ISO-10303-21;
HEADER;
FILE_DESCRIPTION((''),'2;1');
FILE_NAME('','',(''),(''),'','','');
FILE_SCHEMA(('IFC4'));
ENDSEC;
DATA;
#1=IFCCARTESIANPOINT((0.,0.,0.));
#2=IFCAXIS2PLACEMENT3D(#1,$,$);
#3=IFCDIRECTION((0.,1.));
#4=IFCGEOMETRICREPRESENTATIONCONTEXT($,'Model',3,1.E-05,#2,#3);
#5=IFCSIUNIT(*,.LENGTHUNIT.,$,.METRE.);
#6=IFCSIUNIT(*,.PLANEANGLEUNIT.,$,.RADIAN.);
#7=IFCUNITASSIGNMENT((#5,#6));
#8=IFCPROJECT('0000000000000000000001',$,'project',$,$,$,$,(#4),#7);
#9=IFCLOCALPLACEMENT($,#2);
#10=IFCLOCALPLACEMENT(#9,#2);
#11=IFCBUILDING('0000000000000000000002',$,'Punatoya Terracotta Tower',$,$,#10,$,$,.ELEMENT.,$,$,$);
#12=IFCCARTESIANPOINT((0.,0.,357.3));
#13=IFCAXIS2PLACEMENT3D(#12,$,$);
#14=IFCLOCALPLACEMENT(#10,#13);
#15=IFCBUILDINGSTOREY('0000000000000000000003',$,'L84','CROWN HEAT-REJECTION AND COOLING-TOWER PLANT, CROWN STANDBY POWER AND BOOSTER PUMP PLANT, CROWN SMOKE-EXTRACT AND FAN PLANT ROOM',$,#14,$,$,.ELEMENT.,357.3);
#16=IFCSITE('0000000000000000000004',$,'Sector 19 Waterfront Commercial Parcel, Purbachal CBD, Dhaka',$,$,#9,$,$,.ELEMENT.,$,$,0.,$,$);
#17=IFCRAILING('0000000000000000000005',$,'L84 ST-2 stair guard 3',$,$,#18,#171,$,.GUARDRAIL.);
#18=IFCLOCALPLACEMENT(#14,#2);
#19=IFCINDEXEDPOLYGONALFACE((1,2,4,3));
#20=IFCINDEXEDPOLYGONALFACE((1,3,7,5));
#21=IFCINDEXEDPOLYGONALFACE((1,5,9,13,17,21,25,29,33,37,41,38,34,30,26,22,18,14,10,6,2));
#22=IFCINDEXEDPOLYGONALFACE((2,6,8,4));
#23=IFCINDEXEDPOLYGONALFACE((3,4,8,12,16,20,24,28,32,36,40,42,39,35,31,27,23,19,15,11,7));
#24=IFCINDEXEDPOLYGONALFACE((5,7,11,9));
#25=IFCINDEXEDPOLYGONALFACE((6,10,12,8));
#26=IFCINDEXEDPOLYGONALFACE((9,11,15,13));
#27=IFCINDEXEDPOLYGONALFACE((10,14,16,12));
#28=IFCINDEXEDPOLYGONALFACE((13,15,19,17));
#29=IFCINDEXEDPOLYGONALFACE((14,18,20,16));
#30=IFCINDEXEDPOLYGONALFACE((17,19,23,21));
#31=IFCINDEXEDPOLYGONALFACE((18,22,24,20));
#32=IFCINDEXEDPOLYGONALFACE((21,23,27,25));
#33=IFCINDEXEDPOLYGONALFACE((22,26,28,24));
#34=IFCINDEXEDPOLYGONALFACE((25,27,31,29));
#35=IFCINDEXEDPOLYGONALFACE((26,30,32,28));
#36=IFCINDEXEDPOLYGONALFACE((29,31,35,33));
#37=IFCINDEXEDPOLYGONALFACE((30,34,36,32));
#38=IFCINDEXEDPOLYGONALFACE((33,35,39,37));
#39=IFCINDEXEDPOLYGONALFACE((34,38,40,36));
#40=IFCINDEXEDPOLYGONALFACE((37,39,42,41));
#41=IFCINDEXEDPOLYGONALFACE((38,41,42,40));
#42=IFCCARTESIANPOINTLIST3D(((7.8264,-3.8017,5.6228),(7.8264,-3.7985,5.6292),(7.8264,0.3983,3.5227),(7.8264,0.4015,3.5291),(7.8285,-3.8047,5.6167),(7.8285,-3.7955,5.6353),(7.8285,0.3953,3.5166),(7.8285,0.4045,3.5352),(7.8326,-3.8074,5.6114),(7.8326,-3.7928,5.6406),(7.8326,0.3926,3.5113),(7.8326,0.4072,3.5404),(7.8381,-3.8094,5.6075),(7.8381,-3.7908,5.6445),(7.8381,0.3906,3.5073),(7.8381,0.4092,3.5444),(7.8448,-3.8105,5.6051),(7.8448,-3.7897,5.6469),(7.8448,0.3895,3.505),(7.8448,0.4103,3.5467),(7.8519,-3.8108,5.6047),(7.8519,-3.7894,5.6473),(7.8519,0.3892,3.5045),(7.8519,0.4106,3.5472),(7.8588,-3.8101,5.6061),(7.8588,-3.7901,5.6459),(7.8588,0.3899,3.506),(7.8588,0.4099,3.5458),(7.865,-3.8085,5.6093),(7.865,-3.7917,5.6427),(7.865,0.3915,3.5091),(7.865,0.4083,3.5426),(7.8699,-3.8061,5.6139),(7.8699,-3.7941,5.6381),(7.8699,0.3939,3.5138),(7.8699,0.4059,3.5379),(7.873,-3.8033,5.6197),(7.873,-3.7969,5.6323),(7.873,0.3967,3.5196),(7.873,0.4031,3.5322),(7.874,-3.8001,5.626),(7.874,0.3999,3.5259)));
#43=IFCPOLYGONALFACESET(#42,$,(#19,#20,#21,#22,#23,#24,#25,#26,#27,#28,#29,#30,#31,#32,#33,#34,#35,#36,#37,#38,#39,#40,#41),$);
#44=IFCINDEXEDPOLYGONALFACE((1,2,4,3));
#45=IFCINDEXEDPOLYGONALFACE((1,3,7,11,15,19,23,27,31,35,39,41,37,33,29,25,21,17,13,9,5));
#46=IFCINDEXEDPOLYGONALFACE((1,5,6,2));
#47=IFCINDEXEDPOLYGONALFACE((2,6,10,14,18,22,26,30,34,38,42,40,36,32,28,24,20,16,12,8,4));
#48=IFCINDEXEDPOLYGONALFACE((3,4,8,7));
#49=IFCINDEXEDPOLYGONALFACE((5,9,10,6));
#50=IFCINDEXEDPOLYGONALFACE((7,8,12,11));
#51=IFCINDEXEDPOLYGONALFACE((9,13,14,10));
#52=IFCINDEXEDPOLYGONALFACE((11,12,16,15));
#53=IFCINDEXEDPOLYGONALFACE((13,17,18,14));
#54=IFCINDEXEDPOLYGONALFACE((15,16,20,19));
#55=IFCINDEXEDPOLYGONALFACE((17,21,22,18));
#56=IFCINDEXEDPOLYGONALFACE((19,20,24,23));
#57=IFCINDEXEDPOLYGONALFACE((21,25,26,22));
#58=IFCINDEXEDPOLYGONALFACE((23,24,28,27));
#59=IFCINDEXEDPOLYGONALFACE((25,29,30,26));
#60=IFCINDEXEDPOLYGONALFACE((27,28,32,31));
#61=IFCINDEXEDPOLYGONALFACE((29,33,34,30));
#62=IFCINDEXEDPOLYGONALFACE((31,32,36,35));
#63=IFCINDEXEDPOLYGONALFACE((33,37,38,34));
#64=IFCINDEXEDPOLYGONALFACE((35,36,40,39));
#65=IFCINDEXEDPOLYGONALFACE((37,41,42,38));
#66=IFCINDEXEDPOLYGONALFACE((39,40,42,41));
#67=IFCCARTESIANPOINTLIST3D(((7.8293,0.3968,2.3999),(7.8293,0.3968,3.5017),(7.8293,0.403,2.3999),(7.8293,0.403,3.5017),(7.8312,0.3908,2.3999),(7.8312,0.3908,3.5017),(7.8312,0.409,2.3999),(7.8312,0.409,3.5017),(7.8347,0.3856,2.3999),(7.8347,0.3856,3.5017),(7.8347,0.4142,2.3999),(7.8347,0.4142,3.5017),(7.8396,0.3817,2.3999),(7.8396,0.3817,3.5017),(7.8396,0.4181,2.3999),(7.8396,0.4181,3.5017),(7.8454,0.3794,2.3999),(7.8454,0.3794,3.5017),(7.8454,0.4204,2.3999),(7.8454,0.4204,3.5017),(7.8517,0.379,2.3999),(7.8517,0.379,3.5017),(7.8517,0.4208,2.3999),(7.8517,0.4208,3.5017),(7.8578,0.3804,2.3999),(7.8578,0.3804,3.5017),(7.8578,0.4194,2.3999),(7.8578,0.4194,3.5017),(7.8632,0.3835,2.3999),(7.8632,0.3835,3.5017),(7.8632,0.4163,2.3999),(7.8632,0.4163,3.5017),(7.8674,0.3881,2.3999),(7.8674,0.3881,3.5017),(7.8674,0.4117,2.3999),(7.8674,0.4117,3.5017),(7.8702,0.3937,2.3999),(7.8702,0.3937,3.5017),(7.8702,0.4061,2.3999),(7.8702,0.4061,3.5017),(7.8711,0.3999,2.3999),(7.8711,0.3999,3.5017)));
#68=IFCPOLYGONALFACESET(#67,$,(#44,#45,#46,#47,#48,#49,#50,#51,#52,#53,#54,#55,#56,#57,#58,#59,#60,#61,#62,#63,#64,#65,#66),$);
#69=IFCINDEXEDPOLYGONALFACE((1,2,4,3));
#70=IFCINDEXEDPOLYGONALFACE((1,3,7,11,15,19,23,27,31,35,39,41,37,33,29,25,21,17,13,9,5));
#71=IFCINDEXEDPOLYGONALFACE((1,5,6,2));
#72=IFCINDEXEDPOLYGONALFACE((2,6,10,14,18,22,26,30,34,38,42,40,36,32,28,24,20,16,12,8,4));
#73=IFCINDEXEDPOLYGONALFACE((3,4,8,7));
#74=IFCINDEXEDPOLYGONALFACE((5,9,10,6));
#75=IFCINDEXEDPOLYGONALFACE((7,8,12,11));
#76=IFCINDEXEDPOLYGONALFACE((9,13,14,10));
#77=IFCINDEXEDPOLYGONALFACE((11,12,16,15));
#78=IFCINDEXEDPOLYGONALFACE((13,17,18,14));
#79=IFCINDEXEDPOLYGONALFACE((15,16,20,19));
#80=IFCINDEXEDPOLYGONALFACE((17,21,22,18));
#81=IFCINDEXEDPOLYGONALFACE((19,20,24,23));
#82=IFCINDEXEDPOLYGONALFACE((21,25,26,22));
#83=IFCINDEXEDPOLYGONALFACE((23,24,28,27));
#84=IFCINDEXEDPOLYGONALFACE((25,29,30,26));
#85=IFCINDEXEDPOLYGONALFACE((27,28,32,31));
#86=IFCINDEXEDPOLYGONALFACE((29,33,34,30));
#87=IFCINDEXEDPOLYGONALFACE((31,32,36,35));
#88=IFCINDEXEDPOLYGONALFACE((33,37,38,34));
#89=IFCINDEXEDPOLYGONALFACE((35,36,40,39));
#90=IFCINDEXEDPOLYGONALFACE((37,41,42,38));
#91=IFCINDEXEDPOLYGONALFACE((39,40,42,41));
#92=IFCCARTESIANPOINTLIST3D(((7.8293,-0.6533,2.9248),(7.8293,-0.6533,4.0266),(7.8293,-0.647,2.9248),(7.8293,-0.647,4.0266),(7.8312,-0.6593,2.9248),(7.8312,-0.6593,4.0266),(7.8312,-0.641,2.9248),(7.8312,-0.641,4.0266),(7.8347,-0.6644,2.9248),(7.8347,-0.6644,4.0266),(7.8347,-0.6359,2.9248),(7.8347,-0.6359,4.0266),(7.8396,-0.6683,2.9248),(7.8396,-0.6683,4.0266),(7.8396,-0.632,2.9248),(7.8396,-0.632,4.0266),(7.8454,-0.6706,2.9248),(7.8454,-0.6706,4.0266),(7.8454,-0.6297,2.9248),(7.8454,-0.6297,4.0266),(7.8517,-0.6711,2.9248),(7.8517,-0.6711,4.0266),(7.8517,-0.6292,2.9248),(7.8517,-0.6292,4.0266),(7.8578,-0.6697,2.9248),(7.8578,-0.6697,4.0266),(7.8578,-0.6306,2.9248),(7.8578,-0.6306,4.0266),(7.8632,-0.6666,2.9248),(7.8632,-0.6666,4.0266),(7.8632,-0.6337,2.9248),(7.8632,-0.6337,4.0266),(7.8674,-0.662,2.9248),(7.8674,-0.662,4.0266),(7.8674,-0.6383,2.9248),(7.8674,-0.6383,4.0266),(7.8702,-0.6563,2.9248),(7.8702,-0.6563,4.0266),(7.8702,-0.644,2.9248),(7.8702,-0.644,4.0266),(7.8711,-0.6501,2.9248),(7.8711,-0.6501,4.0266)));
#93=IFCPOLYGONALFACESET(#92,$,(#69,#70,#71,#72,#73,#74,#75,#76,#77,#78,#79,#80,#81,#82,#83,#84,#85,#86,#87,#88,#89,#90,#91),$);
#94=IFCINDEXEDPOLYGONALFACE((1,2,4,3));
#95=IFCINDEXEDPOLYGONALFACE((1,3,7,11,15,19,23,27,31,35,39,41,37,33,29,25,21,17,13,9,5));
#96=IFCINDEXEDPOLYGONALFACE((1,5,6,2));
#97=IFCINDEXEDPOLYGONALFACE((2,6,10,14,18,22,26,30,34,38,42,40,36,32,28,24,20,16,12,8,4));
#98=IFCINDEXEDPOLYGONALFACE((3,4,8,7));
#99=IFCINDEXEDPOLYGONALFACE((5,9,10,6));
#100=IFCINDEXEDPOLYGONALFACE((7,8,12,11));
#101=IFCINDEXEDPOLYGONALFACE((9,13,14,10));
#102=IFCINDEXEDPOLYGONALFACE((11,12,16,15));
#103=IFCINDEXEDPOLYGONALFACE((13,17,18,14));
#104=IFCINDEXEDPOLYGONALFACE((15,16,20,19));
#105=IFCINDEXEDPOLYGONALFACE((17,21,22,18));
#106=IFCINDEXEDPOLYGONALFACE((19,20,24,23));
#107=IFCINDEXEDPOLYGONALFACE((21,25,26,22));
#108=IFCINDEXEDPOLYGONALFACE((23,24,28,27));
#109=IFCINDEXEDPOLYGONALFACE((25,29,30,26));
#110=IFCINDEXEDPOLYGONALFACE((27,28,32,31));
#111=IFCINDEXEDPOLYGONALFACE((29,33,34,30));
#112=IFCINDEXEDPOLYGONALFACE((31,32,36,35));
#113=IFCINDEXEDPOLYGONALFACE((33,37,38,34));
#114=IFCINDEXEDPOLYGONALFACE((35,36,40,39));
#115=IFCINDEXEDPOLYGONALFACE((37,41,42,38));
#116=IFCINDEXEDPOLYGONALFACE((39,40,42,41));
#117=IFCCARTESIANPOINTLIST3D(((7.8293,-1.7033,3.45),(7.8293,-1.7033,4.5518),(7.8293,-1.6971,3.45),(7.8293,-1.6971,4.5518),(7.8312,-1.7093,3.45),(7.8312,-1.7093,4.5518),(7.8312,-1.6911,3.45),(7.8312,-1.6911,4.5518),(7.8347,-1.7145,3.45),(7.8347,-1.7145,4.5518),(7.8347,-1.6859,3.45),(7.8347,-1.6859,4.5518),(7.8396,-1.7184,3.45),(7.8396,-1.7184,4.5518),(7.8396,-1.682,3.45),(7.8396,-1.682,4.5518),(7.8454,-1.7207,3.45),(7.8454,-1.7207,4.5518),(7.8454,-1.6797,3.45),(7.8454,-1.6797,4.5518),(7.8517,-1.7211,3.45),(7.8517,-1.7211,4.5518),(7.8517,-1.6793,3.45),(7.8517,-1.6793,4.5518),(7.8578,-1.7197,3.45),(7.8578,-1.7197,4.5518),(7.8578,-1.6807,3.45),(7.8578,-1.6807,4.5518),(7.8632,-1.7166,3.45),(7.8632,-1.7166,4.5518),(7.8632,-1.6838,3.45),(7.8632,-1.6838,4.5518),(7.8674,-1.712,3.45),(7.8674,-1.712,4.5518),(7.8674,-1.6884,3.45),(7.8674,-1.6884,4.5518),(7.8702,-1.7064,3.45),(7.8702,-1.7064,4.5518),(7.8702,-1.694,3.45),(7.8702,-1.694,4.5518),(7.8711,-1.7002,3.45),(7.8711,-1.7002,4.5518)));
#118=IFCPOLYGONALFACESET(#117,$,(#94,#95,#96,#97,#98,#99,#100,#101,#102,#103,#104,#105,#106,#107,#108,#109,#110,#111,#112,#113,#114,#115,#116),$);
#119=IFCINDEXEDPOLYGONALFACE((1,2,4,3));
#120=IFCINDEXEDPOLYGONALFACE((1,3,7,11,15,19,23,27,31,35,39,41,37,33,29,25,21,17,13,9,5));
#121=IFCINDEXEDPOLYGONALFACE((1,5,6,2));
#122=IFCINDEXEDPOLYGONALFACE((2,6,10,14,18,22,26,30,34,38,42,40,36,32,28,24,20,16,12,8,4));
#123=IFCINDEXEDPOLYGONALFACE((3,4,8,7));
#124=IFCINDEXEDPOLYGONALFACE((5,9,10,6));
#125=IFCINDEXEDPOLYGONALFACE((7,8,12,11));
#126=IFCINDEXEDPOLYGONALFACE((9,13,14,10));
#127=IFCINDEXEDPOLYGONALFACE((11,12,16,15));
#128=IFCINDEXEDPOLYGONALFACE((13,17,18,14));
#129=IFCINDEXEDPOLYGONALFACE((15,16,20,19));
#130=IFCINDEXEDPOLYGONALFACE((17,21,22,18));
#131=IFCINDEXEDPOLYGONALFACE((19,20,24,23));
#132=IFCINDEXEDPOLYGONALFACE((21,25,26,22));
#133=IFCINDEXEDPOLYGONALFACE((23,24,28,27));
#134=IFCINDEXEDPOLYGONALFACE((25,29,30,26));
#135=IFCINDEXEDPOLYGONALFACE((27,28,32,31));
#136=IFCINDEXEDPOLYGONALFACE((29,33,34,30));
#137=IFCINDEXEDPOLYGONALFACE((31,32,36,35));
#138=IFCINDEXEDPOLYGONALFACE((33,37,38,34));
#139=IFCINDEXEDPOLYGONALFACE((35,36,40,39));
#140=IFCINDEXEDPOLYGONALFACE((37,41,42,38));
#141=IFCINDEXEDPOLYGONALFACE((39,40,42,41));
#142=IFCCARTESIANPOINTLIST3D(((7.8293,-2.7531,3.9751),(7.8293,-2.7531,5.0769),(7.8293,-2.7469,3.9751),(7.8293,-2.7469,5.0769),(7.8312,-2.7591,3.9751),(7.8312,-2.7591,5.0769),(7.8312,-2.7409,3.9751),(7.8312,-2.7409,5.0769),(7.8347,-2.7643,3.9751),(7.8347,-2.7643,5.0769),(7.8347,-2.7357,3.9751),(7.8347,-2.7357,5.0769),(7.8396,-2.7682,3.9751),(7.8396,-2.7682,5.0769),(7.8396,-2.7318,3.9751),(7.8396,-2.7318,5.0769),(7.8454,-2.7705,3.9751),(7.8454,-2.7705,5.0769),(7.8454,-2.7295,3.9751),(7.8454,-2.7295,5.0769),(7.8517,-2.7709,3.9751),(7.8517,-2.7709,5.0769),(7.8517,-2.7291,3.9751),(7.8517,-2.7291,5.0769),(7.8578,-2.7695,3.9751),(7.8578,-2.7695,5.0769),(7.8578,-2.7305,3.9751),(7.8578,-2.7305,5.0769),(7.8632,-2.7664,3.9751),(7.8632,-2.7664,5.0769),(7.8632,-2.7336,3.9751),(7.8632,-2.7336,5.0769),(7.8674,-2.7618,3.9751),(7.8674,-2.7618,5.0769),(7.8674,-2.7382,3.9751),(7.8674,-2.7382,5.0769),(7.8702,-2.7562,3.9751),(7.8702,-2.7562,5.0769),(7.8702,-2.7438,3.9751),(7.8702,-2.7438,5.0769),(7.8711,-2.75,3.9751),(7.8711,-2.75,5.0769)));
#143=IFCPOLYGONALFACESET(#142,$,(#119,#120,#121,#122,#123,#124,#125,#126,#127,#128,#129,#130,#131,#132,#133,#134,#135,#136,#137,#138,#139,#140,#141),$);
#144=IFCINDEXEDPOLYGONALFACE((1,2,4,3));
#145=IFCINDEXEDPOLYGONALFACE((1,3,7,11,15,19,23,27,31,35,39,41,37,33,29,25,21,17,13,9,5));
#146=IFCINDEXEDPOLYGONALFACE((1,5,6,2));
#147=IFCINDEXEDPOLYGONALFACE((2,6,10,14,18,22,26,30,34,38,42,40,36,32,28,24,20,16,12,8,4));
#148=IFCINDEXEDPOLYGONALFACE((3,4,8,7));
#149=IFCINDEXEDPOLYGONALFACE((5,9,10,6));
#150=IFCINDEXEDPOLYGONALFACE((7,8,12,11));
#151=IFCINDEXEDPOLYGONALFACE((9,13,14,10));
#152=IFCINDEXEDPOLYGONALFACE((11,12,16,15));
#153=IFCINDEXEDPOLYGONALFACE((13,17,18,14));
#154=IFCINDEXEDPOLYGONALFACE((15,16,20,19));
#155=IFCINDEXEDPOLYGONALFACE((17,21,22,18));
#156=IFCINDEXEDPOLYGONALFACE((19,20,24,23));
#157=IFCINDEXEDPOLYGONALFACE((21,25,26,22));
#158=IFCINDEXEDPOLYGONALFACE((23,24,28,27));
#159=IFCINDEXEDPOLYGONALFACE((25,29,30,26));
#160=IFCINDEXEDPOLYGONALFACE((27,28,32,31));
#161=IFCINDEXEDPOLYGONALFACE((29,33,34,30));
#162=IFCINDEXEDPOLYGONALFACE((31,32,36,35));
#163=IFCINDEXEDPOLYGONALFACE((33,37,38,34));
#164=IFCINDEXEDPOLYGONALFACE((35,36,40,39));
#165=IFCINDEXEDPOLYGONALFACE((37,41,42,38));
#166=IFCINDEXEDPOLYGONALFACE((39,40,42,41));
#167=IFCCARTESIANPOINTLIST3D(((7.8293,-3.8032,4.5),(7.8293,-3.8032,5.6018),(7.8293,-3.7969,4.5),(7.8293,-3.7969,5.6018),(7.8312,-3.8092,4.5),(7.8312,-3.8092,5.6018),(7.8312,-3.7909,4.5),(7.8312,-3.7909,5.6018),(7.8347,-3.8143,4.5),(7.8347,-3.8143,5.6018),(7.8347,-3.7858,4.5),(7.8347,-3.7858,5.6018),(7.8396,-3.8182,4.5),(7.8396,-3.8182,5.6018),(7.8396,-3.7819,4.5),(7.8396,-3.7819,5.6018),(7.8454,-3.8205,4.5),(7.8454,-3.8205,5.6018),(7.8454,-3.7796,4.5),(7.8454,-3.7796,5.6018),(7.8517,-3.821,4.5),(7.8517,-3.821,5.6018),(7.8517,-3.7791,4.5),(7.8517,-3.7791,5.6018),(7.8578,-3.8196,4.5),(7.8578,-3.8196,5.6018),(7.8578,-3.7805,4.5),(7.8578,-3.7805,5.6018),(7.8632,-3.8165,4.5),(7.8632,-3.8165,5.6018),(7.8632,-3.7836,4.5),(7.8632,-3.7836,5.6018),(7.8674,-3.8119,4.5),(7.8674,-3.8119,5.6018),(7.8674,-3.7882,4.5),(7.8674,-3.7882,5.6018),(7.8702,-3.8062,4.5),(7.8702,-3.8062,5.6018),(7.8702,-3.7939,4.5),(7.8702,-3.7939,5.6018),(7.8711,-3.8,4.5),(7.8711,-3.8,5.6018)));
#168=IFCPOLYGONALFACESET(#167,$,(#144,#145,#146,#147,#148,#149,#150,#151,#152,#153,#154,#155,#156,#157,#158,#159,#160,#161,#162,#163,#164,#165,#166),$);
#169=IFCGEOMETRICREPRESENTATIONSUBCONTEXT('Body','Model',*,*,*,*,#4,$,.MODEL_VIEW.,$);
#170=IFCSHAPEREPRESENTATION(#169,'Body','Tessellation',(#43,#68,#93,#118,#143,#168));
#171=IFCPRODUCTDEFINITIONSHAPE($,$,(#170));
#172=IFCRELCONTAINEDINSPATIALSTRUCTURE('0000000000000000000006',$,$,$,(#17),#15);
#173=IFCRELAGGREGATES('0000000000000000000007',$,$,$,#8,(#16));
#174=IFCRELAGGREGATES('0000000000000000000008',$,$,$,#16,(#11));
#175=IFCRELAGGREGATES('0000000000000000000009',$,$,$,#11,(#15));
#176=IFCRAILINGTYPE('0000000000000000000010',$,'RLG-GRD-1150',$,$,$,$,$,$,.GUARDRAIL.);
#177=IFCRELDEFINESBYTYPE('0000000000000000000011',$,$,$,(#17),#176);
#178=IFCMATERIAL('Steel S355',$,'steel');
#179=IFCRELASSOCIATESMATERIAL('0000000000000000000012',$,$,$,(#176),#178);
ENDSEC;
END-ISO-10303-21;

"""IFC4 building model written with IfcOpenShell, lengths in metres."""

from ifc_helpers import new_model, si_unit, direction, frame, origin, origin_2d, place, context, subcontext, project, spatial, circle, extrude, material, type_object, element, save


model = new_model("IFC4")

# Units and contexts
model_context = context("Model", 3, precision=1e-05, world=origin(), true_north=direction((0.0, 1.0)))
body_context = subcontext(model_context, "Body", "Model", "MODEL_VIEW")
ifc_project = project(units=[si_unit("LENGTHUNIT", "METRE"), si_unit("PLANEANGLEUNIT", "RADIAN")], contexts=[model_context])

# Site, building, storey
site_placement = place(None, origin())
site = spatial("IfcSite", under=ifc_project, at=site_placement, Name="Sector 19 Waterfront Commercial Parcel, Purbachal CBD, Dhaka", CompositionType="ELEMENT", RefElevation=0.0)
building_placement = place(site_placement, origin())
building = spatial("IfcBuilding", under=site, at=building_placement, Name="Punatoya Terracotta Tower", CompositionType="ELEMENT")
storey_placement = place(building_placement, frame((0.0, 0.0, 357.3)))
storey = spatial("IfcBuildingStorey", under=building, at=storey_placement, Name="L84", Description="CROWN HEAT-REJECTION AND COOLING-TOWER PLANT, CROWN STANDBY POWER AND BOOSTER PUMP PLANT, CROWN SMOKE-EXTRACT AND FAN PLANT ROOM", CompositionType="ELEMENT", Elevation=357.3)

# Shared definitions
ifc_material_1 = material(Name="Steel S355", Category="steel")

# Railing
railing_type_1 = type_object("IfcRailingType", Name="RLG-GRD-1150", PredefinedType="GUARDRAIL", material=ifc_material_1)
railing_1_placement = place(storey_placement, frame((7.8501, 0.3999, 2.3999)))
element("IfcRailing", 1, at=railing_1_placement, inside=storey, type_object=railing_type_1, Name="L84 ST-2 stair guard 3", PredefinedType="GUARDRAIL", context=body_context, shape_type="SweptSolid", body=[
    extrude(circle(Radius=0.0239, at=origin_2d()), frame((0.0, 0.0, 1.126), z_axis=(0.0, -0.894417, 0.447234), x_axis=(1.0, 0.0, 0.0)), (0.0, 0.0, 1.0), 4.6958),
    extrude(circle(Radius=0.021, at=origin_2d()), origin(), (0.0, 0.0, 1.0), 1.1018),
    extrude(circle(Radius=0.021, at=origin_2d()), frame((0.0, -1.05, 0.5249)), (0.0, 0.0, 1.0), 1.1018),
    extrude(circle(Radius=0.021, at=origin_2d()), frame((0.0, -2.1001, 1.05)), (0.0, 0.0, 1.0), 1.1018),
    extrude(circle(Radius=0.021, at=origin_2d()), frame((0.0, -3.1499, 1.5752)), (0.0, 0.0, 1.0), 1.1018),
    extrude(circle(Radius=0.021, at=origin_2d()), frame((0.0, -4.2, 2.1001)), (0.0, 0.0, 1.0), 1.1018),
])

save(model, "model.ifc")
